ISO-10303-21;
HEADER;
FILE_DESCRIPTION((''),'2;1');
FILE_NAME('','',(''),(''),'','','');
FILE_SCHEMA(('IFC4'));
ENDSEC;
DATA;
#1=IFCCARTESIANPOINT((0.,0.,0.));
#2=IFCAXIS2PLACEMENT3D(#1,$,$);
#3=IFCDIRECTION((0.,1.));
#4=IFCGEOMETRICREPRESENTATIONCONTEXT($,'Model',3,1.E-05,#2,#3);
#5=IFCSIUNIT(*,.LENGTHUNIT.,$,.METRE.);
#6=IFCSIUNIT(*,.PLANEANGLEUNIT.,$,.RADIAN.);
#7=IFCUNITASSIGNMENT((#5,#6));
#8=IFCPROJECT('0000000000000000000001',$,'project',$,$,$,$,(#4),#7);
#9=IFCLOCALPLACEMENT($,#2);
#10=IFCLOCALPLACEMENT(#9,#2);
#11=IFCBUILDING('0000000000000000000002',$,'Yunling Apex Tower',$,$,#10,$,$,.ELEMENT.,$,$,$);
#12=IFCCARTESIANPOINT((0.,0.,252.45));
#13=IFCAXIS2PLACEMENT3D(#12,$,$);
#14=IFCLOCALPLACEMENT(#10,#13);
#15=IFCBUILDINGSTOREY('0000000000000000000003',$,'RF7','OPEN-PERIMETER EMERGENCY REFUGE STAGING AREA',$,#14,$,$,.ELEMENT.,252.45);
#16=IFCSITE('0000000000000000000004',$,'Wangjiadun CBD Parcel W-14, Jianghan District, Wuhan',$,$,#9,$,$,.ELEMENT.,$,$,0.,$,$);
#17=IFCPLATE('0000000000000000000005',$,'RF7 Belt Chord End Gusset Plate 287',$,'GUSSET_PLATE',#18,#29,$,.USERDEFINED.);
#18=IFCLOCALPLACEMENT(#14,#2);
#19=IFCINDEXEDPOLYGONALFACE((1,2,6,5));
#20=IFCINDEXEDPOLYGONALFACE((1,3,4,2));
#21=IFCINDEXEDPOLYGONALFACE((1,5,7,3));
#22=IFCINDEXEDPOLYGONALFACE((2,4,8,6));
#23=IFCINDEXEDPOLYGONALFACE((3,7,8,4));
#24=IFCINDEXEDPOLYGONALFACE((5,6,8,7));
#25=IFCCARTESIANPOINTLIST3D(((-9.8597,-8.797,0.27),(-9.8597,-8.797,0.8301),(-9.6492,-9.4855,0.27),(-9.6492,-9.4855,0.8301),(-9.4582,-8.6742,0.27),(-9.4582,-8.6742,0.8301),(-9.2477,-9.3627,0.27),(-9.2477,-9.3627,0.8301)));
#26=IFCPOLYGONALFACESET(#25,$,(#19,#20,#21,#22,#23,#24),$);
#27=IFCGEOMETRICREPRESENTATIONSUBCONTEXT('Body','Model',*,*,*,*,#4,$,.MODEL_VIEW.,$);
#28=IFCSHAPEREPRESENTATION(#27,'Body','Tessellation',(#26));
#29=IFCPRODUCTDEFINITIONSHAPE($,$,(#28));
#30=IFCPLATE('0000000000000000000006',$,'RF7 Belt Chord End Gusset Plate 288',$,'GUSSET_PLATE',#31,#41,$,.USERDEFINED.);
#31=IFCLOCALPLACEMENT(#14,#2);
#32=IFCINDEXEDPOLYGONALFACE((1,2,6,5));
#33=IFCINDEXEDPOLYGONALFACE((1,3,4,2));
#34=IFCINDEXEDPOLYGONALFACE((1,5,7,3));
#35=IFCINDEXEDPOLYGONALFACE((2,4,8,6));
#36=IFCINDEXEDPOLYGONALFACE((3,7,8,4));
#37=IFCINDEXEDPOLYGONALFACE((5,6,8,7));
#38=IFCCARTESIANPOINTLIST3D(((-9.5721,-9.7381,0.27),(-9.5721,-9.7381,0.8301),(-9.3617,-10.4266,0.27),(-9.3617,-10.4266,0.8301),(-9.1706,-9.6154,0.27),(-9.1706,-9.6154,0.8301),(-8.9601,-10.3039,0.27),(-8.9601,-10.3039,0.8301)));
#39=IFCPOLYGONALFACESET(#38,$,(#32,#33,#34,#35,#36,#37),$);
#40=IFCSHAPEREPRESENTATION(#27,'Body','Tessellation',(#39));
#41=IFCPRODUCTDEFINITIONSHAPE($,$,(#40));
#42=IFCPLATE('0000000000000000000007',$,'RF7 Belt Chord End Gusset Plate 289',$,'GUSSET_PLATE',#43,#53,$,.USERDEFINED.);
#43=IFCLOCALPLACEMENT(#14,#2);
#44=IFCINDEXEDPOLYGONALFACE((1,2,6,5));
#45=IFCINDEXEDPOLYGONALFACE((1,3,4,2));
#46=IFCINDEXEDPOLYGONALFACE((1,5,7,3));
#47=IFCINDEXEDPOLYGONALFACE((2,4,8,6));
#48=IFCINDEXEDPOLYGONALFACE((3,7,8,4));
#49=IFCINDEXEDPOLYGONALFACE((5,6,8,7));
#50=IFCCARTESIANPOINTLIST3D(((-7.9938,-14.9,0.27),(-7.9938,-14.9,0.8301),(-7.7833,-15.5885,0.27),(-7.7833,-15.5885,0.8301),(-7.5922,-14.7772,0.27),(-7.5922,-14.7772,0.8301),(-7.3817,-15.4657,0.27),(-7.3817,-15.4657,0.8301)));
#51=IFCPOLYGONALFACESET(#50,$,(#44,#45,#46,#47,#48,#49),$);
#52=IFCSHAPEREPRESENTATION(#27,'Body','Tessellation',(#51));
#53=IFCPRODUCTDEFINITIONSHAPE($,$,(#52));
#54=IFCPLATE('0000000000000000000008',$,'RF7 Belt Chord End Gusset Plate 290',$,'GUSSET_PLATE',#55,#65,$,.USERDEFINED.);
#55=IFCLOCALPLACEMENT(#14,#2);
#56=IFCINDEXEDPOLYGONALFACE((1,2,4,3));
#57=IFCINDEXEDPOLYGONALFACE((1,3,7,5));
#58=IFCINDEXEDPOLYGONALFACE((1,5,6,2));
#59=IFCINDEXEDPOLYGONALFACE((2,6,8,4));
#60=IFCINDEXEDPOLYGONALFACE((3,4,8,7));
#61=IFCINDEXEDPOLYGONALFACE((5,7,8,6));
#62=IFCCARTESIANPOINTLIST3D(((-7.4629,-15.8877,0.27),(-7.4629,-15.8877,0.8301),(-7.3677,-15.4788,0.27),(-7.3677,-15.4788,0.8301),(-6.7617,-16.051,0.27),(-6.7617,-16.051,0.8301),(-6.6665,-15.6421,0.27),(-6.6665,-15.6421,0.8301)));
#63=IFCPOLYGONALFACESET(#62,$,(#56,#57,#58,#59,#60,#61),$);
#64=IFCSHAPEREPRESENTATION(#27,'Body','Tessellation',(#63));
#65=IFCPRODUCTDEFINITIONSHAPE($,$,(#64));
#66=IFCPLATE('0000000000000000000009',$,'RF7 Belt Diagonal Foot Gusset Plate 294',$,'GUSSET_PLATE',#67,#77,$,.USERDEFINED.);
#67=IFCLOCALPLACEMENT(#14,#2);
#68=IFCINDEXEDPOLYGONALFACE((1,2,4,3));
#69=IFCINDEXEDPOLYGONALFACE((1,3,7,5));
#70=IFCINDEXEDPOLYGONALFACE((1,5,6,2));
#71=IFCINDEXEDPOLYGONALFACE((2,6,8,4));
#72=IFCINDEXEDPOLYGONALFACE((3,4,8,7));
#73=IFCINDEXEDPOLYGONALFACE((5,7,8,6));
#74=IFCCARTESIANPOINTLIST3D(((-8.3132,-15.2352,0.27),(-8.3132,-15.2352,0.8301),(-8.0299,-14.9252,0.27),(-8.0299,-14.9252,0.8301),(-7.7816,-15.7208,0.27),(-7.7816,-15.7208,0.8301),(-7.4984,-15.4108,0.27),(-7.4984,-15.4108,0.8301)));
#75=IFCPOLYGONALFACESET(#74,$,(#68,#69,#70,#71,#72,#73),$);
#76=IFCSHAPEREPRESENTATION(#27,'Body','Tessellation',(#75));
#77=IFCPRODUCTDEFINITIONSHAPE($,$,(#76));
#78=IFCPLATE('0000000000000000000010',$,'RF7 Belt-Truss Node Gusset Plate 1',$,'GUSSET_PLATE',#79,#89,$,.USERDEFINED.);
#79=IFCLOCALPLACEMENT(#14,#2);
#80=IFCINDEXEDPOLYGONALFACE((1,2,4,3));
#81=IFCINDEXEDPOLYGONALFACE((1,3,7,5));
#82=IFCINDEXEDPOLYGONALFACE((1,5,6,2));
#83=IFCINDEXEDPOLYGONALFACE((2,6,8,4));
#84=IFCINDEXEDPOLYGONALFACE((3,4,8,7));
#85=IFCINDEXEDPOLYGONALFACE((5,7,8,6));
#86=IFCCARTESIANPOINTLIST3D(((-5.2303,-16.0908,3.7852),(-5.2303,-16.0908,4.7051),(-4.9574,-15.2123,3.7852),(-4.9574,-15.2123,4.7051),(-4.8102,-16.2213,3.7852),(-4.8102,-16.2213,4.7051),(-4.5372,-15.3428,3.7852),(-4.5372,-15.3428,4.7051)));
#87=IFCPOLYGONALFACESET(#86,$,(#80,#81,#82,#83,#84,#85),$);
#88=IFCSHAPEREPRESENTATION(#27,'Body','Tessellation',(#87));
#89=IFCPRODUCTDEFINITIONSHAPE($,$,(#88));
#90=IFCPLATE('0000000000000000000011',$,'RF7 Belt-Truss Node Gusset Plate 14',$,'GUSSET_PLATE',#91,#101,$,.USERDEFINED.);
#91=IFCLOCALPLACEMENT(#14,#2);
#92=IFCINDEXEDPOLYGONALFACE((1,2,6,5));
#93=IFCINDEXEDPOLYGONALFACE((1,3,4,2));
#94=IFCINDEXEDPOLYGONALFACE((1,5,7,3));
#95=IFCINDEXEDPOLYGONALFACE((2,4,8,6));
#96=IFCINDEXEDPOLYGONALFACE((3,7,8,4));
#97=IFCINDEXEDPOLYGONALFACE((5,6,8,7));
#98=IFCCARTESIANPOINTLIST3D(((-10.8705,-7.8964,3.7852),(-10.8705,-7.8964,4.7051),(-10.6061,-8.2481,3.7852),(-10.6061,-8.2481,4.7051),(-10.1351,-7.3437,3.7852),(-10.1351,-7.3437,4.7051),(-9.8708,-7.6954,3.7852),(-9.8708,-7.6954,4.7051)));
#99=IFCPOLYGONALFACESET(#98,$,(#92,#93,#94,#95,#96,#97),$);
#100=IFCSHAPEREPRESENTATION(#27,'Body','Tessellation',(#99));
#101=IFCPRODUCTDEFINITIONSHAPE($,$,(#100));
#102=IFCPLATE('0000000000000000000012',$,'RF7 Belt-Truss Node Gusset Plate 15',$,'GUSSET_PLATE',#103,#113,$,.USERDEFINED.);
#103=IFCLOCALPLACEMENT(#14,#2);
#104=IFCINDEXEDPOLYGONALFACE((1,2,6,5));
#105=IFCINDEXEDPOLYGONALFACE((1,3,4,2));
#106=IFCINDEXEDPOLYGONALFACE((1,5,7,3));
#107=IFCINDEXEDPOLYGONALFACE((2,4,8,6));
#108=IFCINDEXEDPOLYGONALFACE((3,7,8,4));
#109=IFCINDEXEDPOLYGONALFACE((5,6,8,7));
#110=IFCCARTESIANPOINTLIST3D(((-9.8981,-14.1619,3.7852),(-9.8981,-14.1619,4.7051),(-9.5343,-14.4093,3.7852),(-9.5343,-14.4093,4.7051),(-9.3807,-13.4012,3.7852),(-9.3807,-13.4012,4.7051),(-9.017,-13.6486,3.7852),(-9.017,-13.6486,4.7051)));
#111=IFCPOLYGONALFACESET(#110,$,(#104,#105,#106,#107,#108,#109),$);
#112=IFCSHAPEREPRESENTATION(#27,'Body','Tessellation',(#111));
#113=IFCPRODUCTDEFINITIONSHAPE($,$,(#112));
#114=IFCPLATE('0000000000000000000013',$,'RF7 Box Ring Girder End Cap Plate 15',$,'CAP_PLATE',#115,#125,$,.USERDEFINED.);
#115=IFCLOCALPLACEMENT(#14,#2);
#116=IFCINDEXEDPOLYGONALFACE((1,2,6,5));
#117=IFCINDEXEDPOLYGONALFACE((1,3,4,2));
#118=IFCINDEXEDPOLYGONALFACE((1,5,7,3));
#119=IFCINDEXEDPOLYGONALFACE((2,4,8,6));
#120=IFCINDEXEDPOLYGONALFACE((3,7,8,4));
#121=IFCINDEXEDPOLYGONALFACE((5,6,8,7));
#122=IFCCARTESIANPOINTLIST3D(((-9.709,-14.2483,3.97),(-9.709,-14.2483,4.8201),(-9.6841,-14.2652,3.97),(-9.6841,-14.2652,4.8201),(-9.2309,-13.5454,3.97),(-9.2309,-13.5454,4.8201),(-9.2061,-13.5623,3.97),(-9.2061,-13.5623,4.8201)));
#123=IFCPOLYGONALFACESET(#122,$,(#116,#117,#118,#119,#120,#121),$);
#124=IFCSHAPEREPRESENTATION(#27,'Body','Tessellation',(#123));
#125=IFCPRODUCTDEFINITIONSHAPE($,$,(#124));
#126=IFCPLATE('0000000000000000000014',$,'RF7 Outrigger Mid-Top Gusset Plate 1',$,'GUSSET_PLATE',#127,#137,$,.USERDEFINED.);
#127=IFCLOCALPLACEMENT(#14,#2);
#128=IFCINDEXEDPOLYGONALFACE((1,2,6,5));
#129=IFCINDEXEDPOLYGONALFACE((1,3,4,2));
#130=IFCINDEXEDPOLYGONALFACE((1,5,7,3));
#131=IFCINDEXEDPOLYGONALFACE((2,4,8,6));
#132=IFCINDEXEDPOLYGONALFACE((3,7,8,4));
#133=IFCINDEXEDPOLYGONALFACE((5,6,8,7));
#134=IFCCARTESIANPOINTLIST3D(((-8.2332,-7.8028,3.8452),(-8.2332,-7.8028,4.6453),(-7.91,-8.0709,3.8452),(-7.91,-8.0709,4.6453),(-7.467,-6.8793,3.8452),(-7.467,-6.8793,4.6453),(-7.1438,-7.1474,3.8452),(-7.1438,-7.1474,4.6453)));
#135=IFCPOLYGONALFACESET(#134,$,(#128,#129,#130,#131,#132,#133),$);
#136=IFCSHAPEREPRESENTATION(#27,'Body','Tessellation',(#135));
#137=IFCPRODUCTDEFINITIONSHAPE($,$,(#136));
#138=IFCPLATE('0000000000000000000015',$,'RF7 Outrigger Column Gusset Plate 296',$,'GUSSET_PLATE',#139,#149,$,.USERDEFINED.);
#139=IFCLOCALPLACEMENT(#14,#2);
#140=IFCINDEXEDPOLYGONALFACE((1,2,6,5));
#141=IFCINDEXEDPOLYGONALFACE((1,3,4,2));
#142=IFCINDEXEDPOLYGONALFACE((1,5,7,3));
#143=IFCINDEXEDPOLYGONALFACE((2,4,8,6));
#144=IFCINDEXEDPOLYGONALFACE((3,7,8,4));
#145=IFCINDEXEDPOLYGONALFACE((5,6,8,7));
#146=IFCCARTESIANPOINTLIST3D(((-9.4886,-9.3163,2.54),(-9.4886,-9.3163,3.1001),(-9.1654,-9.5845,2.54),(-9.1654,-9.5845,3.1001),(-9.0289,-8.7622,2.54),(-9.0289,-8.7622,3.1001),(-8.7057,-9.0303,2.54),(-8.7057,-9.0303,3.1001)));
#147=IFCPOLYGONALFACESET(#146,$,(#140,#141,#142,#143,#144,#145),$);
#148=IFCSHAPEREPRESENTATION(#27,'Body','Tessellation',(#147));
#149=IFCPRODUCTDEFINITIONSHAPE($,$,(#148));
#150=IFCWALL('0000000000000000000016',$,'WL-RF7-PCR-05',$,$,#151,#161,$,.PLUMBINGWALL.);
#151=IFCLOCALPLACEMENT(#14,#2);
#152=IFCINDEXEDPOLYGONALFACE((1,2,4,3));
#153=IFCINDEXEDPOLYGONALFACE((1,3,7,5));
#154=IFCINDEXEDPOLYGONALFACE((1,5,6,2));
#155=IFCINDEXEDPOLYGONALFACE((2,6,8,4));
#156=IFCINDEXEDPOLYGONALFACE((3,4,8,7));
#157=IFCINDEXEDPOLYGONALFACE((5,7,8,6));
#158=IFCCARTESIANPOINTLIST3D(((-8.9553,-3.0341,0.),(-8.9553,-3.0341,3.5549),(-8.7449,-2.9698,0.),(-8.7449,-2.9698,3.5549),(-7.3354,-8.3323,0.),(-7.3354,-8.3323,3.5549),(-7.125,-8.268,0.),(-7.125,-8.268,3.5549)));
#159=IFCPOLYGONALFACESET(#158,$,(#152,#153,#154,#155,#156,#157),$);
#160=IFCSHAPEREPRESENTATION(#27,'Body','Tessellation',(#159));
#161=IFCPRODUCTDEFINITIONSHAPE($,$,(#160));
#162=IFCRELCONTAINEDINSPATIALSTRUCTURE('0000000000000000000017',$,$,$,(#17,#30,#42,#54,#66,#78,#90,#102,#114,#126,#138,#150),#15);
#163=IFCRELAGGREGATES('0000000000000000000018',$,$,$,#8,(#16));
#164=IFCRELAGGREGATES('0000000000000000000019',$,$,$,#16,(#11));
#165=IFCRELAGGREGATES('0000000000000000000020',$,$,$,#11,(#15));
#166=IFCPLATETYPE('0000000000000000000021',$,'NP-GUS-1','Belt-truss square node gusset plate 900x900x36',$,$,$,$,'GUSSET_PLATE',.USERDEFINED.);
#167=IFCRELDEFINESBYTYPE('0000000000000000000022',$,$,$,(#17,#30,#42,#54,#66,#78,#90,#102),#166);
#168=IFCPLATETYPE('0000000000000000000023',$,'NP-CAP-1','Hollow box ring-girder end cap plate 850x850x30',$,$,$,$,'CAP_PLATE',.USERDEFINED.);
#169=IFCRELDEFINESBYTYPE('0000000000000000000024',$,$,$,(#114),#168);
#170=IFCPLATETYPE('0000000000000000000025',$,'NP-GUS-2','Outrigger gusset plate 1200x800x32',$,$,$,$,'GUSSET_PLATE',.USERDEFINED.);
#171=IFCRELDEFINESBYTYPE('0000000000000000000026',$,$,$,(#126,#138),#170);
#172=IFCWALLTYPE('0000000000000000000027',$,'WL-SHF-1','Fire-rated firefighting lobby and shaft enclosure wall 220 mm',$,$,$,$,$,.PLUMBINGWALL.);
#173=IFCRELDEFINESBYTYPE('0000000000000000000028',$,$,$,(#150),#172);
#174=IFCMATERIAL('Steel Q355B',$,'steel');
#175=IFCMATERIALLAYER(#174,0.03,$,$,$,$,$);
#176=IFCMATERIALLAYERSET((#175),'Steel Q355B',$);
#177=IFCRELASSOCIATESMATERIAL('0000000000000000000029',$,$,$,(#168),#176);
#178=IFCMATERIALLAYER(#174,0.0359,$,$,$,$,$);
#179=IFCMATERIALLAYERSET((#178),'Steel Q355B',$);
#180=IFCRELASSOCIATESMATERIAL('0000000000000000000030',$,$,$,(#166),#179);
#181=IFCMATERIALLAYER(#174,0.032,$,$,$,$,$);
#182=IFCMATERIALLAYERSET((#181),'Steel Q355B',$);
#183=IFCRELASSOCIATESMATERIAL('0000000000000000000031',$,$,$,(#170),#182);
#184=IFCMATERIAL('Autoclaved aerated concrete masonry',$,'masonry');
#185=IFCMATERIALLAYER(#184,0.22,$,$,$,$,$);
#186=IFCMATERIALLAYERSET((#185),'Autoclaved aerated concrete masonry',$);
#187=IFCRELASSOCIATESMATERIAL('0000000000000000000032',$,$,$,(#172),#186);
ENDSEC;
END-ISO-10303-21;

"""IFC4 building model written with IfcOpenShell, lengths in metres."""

from ifc_helpers import new_model, si_unit, direction, frame, frame_2d, origin, origin_2d, place, context, subcontext, project, spatial, rectangle, extrude, source, transform, mapped, material, layer, layer_set, type_object, element, save


model = new_model("IFC4")

# Units and contexts
model_context = context("Model", 3, precision=1e-05, world=origin(), true_north=direction((0.0, 1.0)))
body_context = subcontext(model_context, "Body", "Model", "MODEL_VIEW")
ifc_project = project(units=[si_unit("LENGTHUNIT", "METRE"), si_unit("PLANEANGLEUNIT", "RADIAN")], contexts=[model_context])

# Site, building, storey
site_placement = place(None, origin())
site = spatial("IfcSite", under=ifc_project, at=site_placement, Name="Wangjiadun CBD Parcel W-14, Jianghan District, Wuhan", CompositionType="ELEMENT", RefElevation=0.0)
building_placement = place(site_placement, origin())
building = spatial("IfcBuilding", under=site, at=building_placement, Name="Yunling Apex Tower", CompositionType="ELEMENT")
storey_placement = place(building_placement, frame((0.0, 0.0, 252.45)))
storey = spatial("IfcBuildingStorey", under=building, at=storey_placement, Name="RF7", Description="OPEN-PERIMETER EMERGENCY REFUGE STAGING AREA", CompositionType="ELEMENT", Elevation=252.45)

# Shared definitions
ifc_material_1 = material(Name="Steel Q355B", Category="steel")

# Plates
ifc_layer_1 = layer(ifc_material_1, 0.03)
ifc_layer_set_1 = layer_set([ifc_layer_1], Name="Steel Q355B")
plate_type_1 = type_object("IfcPlateType", Name="NP-CAP-1", Description="Hollow box ring-girder end cap plate 850x850x30", ElementType="CAP_PLATE", PredefinedType="USERDEFINED", material=ifc_layer_set_1)
ifc_layer_2 = layer(ifc_material_1, 0.0359)
ifc_layer_set_2 = layer_set([ifc_layer_2], Name="Steel Q355B")
plate_type_2 = type_object("IfcPlateType", Name="NP-GUS-1", Description="Belt-truss square node gusset plate 900x900x36", ElementType="GUSSET_PLATE", PredefinedType="USERDEFINED", material=ifc_layer_set_2)
shared_shape_1 = source(origin(), body_context, "Body", "SweptSolid", [
    extrude(rectangle(XDim=0.72, YDim=0.4199, at=origin_2d()), origin(), (0.0, 0.0, 1.0), 0.5601),
])
for number, where, z_axis, x_axis, name in (
    (1, (-9.5537, -9.0798, 0.27), (0.0, 0.0, 1.0), (0.292372, -0.956305, 0.0), "RF7 Belt Chord End Gusset Plate 287"),
    (2, (-9.2661, -10.021, 0.27), (0.0, 0.0, 1.0), (0.292372, -0.956305, 0.0), "RF7 Belt Chord End Gusset Plate 288"),
    (3, (-7.6877, -15.1829, 0.27), (0.0, 0.0, 1.0), (0.292372, -0.956305, 0.0), "RF7 Belt Chord End Gusset Plate 289"),
    (4, (-7.0647, -15.7649, 0.27), (0.0, 0.0, 1.0), (0.973936, -0.226821, 0.0), "RF7 Belt Chord End Gusset Plate 290"),
    (5, (-7.9058, -15.323, 0.27), (0.0, 0.0, 1.0), (-0.738338, 0.674431, 0.0), "RF7 Belt Diagonal Foot Gusset Plate 294"),
):
    element("IfcPlate", number, at=place(storey_placement, frame(where, z_axis=z_axis, x_axis=x_axis)), inside=storey, type_object=plate_type_2, Name=name, ObjectType="GUSSET_PLATE", PredefinedType="USERDEFINED", context=body_context, shape_type="MappedRepresentation", body=[
        mapped(shared_shape_1, transform((0.0, 0.0, 0.0), scale=1.0)),
    ])
shared_shape_2 = source(origin(), body_context, "Body", "SweptSolid", [
    extrude(rectangle(XDim=0.9199, YDim=0.4399, at=origin_2d()), origin(), (0.0, 0.0, 1.0), 0.9199),
])
for number, where, z_axis, x_axis, name in (
    (6, (-4.8838, -15.7168, 3.7852), (0.0, 0.0, 1.0), (-0.296708, -0.954968, 0.0), "RF7 Belt-Truss Node Gusset Plate 1"),
    (7, (-10.3706, -7.7959, 3.7852), (0.0, 0.0, 1.0), (-0.79937, -0.600839, 0.0), "RF7 Belt-Truss Node Gusset Plate 14"),
    (8, (-9.4575, -13.9053, 3.7852), (0.0, 0.0, 1.0), (-0.562372, -0.826884, 0.0), "RF7 Belt-Truss Node Gusset Plate 15"),
):
    element("IfcPlate", number, at=place(storey_placement, frame(where, z_axis=z_axis, x_axis=x_axis)), inside=storey, type_object=plate_type_2, Name=name, ObjectType="GUSSET_PLATE", PredefinedType="USERDEFINED", context=body_context, shape_type="MappedRepresentation", body=[
        mapped(shared_shape_2, transform((0.0, 0.0, 0.0), scale=1.0)),
    ])
shared_shape_3 = source(origin(), body_context, "Body", "SweptSolid", [
    extrude(rectangle(XDim=0.8501, YDim=0.03, at=origin_2d()), origin(), (0.0, 0.0, 1.0), 0.8501),
])
plate_1_placement = place(storey_placement, frame((-9.4575, -13.9053, 3.97), z_axis=(0.0, 0.0, 1.0), x_axis=(-0.562372, -0.826884, 0.0)))
element("IfcPlate", 9, at=plate_1_placement, inside=storey, type_object=plate_type_1, Name="RF7 Box Ring Girder End Cap Plate 15", ObjectType="CAP_PLATE", PredefinedType="USERDEFINED", context=body_context, shape_type="MappedRepresentation", body=[
    mapped(shared_shape_3, transform((0.0, 0.0, 0.0), scale=1.0)),
])
ifc_layer_3 = layer(ifc_material_1, 0.032)
ifc_layer_set_3 = layer_set([ifc_layer_3], Name="Steel Q355B")
plate_type_3 = type_object("IfcPlateType", Name="NP-GUS-2", Description="Outrigger gusset plate 1200x800x32", ElementType="GUSSET_PLATE", PredefinedType="USERDEFINED", material=ifc_layer_set_3)
shared_shape_4 = source(origin(), body_context, "Body", "SweptSolid", [
    extrude(rectangle(XDim=1.2, YDim=0.4199, at=origin_2d()), origin(), (0.0, 0.0, 1.0), 0.8),
])
plate_2_placement = place(storey_placement, frame((-7.6885, -7.4751, 3.8452), z_axis=(0.0, 0.0, 1.0), x_axis=(-0.638499, -0.769622, 0.0)))
element("IfcPlate", 10, at=plate_2_placement, inside=storey, type_object=plate_type_3, Name="RF7 Outrigger Mid-Top Gusset Plate 1", ObjectType="GUSSET_PLATE", PredefinedType="USERDEFINED", context=body_context, shape_type="MappedRepresentation", body=[
    mapped(shared_shape_4, transform((0.0, 0.0, 0.0), scale=1.0)),
])
shared_shape_5 = source(origin(), body_context, "Body", "SweptSolid", [
    extrude(rectangle(XDim=0.72, YDim=0.4199, at=origin_2d()), origin(), (0.0, 0.0, 1.0), 0.5601),
])
plate_3_placement = place(storey_placement, frame((-9.0972, -9.1733, 2.54), z_axis=(0.0, 0.0, 1.0), x_axis=(-0.638499, -0.769622, 0.0)))
element("IfcPlate", 11, at=plate_3_placement, inside=storey, type_object=plate_type_3, Name="RF7 Outrigger Column Gusset Plate 296", ObjectType="GUSSET_PLATE", PredefinedType="USERDEFINED", context=body_context, shape_type="MappedRepresentation", body=[
    mapped(shared_shape_5, transform((0.0, 0.0, 0.0), scale=1.0)),
])

# Wall
ifc_material_2 = material(Name="Autoclaved aerated concrete masonry", Category="masonry")
ifc_layer_4 = layer(ifc_material_2, 0.22)
ifc_layer_set_4 = layer_set([ifc_layer_4], Name="Autoclaved aerated concrete masonry")
wall_type = type_object("IfcWallType", Name="WL-SHF-1", Description="Fire-rated firefighting lobby and shaft enclosure wall 220 mm", PredefinedType="PLUMBINGWALL", material=ifc_layer_set_4)
wall_placement = place(storey_placement, frame((-7.2302, -8.3, 0.0), z_axis=(0.0, 0.0, 1.0), x_axis=(-0.292385, 0.956301, 0.0)))
element("IfcWall", 12, at=wall_placement, inside=storey, type_object=wall_type, Name="WL-RF7-PCR-05", PredefinedType="PLUMBINGWALL", context=body_context, shape_type="SweptSolid", body=[
    extrude(rectangle(XDim=5.5403, YDim=0.22, at=frame_2d((2.77, 0.0))), origin(), (0.0, 0.0, 1.0), 3.5549),
])

save(model, "model.ifc")
